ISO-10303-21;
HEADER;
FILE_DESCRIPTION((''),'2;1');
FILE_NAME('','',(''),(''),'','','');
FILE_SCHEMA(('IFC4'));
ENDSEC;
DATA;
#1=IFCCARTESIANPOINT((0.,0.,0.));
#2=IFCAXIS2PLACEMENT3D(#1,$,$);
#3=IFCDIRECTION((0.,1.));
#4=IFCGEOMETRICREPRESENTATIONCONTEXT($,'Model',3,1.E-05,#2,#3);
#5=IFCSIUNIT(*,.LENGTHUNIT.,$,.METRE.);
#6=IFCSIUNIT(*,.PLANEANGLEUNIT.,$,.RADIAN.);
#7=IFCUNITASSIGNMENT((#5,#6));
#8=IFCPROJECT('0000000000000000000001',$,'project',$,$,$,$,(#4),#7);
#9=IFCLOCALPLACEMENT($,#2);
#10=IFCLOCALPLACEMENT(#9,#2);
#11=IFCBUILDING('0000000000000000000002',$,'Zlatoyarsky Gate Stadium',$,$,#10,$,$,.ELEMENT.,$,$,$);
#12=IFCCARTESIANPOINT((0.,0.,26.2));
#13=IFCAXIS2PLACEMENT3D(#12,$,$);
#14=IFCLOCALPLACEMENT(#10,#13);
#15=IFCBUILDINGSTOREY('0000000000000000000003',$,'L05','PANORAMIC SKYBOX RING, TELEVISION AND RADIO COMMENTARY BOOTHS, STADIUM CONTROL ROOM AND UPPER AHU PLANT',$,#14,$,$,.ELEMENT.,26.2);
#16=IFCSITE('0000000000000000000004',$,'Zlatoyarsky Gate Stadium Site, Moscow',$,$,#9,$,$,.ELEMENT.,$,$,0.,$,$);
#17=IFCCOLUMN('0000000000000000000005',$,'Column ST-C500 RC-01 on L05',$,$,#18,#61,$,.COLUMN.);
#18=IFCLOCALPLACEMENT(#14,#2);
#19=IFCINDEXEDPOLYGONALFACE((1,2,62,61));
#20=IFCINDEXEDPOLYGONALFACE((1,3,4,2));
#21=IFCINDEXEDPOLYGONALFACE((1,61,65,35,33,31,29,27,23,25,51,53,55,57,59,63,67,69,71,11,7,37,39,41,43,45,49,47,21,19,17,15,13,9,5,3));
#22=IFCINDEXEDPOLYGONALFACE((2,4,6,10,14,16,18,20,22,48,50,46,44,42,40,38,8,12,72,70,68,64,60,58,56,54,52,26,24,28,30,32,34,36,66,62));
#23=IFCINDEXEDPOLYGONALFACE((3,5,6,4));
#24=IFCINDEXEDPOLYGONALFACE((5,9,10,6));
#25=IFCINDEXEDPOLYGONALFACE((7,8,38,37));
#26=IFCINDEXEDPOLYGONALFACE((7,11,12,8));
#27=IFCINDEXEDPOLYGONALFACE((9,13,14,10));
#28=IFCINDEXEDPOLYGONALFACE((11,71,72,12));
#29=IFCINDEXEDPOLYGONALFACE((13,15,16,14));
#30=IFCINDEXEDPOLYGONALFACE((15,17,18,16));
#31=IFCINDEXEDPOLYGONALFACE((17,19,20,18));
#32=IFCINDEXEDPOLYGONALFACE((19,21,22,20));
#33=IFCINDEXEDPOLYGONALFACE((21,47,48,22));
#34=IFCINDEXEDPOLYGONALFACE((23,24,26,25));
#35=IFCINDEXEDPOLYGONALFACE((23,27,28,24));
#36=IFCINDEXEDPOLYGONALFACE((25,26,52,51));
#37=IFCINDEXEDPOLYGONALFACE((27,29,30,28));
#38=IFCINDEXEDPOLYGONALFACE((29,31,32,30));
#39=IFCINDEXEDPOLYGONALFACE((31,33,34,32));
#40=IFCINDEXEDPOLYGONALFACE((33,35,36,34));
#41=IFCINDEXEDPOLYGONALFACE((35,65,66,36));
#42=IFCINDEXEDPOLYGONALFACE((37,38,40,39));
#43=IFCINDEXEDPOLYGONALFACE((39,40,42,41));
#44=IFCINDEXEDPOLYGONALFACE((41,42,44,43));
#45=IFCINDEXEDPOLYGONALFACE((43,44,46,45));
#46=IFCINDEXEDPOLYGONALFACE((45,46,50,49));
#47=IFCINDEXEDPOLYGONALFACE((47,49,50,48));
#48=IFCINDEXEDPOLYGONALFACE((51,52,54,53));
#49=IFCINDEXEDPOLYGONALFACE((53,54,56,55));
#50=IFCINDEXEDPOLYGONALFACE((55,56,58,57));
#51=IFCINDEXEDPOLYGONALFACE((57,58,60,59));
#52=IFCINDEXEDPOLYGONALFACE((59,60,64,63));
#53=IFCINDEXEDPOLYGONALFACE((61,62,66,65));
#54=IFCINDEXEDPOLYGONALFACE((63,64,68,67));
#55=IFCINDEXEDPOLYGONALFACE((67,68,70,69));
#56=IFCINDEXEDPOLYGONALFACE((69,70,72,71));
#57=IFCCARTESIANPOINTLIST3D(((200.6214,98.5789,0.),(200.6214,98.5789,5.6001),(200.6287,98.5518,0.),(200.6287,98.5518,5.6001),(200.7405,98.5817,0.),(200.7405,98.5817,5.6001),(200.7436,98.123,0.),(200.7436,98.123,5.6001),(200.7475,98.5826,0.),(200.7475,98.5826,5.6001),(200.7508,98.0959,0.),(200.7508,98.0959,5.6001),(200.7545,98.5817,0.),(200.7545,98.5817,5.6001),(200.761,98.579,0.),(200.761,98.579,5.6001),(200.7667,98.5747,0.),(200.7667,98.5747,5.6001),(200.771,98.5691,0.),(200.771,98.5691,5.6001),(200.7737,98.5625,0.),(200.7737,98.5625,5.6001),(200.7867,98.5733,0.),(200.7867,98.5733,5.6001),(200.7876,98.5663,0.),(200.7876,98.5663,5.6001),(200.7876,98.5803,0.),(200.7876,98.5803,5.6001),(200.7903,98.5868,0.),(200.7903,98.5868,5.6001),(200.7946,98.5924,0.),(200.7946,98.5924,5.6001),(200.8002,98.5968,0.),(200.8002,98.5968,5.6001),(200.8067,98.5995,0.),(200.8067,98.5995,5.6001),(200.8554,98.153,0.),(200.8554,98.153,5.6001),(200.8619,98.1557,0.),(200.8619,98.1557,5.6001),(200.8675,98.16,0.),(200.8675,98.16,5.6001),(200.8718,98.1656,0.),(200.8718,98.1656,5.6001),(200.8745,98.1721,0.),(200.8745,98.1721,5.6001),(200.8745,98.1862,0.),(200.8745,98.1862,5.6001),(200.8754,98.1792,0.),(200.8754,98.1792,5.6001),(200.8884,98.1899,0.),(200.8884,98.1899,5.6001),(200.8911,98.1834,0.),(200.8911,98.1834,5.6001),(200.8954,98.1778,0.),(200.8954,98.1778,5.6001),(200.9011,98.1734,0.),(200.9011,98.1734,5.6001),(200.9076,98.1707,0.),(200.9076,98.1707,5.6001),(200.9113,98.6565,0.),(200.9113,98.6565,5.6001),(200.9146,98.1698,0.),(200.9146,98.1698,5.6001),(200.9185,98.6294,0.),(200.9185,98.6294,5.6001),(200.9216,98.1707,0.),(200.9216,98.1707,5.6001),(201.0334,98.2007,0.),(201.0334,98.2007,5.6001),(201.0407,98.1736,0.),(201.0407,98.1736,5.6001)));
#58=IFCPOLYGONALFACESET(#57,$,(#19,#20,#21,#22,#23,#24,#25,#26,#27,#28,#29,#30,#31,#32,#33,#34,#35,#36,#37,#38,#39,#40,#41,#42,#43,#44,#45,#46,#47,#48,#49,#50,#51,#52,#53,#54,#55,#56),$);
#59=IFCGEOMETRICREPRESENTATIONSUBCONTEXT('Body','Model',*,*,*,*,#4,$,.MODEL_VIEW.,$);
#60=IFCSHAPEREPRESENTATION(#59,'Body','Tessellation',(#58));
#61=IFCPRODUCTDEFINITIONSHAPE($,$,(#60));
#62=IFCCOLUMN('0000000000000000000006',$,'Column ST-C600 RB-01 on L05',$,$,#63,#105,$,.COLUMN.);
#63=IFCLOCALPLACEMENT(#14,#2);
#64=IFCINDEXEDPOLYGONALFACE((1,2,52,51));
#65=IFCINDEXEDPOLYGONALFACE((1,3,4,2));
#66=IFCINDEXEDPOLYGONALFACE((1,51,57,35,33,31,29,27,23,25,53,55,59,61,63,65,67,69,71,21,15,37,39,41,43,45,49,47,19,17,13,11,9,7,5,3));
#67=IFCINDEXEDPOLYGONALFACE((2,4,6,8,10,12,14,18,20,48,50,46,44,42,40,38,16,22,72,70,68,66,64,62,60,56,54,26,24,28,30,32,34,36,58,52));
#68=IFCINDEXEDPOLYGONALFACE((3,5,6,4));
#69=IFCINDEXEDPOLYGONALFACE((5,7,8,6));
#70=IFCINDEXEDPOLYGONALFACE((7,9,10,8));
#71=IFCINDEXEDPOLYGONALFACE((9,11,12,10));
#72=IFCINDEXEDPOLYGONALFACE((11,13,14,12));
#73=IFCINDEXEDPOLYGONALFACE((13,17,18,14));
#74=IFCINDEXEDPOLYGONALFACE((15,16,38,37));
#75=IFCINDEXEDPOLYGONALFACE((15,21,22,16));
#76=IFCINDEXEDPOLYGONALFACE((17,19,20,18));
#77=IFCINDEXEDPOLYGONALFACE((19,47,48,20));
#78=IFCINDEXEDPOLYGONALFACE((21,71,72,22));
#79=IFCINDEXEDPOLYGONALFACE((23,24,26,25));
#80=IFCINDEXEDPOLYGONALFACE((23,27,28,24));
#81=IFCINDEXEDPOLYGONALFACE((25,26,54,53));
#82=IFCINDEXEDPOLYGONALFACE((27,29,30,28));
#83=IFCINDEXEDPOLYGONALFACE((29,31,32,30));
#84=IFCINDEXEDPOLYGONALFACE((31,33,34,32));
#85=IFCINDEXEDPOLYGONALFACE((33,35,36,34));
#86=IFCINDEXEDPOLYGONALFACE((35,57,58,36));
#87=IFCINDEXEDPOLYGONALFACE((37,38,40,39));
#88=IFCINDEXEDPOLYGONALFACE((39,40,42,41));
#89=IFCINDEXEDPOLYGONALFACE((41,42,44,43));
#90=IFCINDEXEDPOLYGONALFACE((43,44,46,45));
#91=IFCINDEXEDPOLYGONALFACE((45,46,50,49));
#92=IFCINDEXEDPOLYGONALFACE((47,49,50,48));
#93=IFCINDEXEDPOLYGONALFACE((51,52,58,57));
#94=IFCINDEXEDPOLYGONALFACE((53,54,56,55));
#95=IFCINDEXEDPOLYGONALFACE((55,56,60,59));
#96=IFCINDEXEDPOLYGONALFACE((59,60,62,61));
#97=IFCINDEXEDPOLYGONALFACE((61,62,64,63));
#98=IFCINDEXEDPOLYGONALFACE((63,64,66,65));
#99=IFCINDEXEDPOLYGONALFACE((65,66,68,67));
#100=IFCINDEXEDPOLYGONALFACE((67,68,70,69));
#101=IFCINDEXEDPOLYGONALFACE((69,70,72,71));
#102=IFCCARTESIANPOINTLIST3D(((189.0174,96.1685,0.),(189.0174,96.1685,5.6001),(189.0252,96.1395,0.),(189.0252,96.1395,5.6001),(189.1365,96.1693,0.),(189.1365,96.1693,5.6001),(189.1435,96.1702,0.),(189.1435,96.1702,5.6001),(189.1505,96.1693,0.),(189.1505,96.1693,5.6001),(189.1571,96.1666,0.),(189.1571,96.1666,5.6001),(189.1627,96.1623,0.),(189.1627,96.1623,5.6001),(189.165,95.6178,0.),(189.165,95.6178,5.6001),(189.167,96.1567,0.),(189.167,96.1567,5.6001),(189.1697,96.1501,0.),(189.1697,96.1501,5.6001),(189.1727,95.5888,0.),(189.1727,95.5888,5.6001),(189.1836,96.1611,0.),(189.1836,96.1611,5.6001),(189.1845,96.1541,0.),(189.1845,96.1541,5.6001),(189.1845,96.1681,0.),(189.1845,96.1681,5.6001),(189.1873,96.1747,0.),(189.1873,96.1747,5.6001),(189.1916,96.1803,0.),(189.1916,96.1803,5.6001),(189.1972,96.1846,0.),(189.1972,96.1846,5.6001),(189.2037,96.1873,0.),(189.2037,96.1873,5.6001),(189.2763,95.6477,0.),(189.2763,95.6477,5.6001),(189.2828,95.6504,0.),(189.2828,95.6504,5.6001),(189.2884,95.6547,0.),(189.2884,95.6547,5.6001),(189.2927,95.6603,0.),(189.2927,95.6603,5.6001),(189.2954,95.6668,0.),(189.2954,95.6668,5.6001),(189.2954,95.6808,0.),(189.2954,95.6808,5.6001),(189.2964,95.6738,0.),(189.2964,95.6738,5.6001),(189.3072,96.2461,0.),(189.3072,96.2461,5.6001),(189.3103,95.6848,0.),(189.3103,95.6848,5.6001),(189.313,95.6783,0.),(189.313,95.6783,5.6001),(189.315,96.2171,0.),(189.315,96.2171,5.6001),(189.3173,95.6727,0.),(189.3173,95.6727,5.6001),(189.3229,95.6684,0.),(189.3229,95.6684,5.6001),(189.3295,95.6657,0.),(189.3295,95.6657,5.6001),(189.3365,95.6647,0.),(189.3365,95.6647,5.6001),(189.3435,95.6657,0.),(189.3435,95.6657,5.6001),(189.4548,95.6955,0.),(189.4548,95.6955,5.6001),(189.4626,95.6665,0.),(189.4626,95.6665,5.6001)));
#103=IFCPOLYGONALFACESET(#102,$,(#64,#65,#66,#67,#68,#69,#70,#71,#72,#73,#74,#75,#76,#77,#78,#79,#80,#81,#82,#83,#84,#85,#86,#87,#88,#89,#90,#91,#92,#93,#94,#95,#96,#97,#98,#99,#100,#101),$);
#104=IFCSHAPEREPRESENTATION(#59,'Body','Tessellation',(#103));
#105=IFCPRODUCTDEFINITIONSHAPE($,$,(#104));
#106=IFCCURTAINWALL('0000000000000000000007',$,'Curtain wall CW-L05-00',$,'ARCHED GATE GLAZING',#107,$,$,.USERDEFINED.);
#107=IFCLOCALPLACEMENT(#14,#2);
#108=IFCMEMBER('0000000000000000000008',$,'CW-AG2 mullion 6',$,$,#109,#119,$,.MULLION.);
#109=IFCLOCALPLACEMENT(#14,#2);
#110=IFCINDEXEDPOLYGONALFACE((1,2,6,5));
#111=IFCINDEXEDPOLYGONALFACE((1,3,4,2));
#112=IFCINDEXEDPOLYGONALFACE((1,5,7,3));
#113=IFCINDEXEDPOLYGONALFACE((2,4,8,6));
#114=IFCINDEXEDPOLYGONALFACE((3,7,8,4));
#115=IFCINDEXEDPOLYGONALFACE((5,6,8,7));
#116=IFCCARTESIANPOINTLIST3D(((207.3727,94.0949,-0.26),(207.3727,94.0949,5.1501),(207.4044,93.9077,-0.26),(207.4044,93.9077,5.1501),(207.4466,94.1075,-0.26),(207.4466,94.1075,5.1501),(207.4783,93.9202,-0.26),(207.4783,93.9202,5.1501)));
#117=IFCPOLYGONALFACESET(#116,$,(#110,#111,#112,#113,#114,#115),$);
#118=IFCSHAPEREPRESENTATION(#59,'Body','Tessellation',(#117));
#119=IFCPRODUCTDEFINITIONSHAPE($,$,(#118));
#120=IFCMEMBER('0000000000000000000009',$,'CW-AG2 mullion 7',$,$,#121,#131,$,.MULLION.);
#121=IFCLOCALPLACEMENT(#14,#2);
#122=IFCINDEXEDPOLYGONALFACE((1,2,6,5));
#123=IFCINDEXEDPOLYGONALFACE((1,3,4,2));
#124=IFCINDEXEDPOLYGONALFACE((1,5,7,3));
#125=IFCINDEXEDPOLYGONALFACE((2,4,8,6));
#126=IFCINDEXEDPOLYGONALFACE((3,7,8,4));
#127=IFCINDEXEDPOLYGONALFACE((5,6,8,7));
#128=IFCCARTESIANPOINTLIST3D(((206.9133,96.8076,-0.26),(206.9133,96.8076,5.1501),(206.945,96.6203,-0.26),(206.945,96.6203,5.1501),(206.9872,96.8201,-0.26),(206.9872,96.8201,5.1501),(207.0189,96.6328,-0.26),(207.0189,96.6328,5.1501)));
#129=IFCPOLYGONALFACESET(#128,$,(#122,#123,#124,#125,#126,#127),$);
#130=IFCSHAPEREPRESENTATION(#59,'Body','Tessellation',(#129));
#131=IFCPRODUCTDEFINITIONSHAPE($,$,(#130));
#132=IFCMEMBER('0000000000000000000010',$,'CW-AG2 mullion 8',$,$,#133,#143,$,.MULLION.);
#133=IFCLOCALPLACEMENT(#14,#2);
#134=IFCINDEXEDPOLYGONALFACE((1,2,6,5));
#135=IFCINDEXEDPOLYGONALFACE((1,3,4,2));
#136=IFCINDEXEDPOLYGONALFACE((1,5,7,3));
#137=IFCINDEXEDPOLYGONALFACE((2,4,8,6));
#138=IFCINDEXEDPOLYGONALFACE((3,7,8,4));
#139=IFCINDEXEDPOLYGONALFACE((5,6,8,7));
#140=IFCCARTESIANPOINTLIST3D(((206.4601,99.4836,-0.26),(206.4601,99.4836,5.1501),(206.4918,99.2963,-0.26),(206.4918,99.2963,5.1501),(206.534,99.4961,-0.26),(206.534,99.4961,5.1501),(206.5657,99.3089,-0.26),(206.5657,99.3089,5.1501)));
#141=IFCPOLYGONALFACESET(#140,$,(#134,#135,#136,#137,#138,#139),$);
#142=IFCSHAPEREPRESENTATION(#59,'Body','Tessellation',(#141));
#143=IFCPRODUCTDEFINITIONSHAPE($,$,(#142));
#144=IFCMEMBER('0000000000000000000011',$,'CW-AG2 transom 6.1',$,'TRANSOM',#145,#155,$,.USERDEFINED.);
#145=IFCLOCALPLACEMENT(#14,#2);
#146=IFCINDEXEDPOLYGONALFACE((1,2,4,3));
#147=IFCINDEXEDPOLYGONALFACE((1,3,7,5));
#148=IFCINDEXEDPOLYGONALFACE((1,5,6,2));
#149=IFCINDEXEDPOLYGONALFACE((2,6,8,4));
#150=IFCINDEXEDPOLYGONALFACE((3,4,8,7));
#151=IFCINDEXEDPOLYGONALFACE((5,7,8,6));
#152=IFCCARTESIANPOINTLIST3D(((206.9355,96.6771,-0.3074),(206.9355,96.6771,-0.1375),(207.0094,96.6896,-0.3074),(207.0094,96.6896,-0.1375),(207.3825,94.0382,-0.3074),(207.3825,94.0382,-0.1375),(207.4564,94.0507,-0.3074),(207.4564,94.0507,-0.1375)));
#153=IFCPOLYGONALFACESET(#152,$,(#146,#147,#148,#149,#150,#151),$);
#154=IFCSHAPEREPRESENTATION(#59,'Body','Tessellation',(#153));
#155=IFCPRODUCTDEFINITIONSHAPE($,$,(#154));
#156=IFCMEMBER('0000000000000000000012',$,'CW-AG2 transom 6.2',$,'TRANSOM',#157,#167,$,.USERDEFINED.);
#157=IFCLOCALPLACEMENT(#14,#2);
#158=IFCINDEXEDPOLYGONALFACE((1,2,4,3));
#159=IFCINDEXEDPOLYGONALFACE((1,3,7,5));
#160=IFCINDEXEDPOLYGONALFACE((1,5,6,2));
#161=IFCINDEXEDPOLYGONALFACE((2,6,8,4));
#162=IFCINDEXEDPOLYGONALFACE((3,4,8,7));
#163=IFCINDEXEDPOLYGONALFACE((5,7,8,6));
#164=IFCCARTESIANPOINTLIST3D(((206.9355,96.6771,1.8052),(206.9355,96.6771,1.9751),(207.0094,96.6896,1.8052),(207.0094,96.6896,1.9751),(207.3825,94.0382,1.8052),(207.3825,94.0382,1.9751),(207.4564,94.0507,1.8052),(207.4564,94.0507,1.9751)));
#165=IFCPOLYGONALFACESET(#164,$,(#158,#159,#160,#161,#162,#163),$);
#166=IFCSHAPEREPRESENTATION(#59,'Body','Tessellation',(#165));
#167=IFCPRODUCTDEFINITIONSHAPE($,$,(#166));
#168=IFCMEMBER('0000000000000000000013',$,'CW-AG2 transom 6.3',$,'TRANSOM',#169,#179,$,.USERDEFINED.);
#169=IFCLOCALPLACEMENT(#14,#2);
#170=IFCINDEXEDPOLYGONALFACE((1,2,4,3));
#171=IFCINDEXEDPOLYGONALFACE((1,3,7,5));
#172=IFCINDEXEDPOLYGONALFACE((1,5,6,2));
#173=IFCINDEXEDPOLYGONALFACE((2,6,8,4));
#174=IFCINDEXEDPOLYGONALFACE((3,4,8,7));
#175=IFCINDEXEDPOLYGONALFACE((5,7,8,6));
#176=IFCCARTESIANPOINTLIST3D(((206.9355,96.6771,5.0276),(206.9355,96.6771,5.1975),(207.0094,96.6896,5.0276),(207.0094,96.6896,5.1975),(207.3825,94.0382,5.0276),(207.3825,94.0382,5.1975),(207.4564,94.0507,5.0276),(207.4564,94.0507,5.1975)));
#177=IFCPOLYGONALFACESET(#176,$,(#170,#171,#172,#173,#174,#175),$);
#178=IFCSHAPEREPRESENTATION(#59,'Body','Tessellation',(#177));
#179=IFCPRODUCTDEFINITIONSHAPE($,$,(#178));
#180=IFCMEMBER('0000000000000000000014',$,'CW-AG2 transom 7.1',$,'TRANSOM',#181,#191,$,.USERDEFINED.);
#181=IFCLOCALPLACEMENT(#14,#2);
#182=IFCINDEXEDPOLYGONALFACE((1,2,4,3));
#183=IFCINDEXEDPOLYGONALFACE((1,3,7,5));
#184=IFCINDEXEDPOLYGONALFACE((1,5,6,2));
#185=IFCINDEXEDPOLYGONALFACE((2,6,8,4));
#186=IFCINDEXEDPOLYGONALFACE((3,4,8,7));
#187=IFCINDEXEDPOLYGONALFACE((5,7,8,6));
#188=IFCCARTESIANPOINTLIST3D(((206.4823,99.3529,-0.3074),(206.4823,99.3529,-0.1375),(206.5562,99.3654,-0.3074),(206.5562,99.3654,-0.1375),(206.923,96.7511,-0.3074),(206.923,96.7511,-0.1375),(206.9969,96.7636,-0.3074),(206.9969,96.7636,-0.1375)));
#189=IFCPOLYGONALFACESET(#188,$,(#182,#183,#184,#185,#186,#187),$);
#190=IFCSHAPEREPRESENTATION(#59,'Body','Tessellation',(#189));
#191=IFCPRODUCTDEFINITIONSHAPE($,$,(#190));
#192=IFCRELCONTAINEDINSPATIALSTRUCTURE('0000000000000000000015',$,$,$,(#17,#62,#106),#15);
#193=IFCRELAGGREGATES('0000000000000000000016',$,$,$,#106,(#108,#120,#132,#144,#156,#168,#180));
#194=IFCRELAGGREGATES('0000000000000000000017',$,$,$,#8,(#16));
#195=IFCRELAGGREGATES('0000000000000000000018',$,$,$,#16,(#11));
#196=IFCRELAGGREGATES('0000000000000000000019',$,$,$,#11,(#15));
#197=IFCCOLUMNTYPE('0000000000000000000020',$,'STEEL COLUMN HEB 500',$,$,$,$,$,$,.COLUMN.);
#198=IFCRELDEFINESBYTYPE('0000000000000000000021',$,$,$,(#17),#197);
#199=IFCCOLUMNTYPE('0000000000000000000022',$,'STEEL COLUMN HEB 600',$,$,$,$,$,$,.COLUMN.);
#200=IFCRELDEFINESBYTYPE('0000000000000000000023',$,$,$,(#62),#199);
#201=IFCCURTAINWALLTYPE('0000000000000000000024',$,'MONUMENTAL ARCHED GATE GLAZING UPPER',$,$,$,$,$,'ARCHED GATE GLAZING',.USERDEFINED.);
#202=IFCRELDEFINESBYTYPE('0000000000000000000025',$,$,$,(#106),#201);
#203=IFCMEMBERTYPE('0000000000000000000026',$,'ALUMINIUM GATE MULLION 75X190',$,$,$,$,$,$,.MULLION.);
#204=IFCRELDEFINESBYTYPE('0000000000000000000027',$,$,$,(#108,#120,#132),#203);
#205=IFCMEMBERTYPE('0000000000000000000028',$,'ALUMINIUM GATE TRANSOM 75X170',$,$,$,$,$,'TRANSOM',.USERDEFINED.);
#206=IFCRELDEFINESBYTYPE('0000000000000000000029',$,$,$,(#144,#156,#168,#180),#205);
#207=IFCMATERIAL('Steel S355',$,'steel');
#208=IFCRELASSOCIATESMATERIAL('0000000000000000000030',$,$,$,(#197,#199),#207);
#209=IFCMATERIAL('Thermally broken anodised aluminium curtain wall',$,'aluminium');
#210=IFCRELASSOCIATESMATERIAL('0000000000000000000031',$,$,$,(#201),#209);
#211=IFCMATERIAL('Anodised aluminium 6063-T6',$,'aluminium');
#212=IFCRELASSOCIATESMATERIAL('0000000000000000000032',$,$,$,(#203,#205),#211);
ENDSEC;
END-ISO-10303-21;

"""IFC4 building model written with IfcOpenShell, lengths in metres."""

from ifc_helpers import new_model, si_unit, direction, frame, origin, origin_2d, place, context, subcontext, project, spatial, rectangle, i_section, extrude, material, material_profile, profile_set, type_object, element, aggregate, save


model = new_model("IFC4")

# Units and contexts
model_context = context("Model", 3, precision=1e-05, world=origin(), true_north=direction((0.0, 1.0)))
body_context = subcontext(model_context, "Body", "Model", "MODEL_VIEW")
ifc_project = project(units=[si_unit("LENGTHUNIT", "METRE"), si_unit("PLANEANGLEUNIT", "RADIAN")], contexts=[model_context])

# Site, building, storey
site_placement = place(None, origin())
site = spatial("IfcSite", under=ifc_project, at=site_placement, Name="Zlatoyarsky Gate Stadium Site, Moscow", CompositionType="ELEMENT", RefElevation=0.0)
building_placement = place(site_placement, origin())
building = spatial("IfcBuilding", under=site, at=building_placement, Name="Zlatoyarsky Gate Stadium", CompositionType="ELEMENT")
storey_placement = place(building_placement, frame((0.0, 0.0, 26.2)))
storey = spatial("IfcBuildingStorey", under=building, at=storey_placement, Name="L05", Description="PANORAMIC SKYBOX RING, TELEVISION AND RADIO COMMENTARY BOOTHS, STADIUM CONTROL ROOM AND UPPER AHU PLANT", CompositionType="ELEMENT", Elevation=26.2)

# Columns
ifc_material_1 = material(Name="Steel S355", Category="steel")
ifc_material_profile_1 = material_profile(ifc_material_1, i_section(OverallWidth=0.3, OverallDepth=0.5, WebThickness=0.0144, FlangeThickness=0.0281, FilletRadius=0.0271, at=origin_2d()), Name="HEB 500")
ifc_profile_set_1 = profile_set([ifc_material_profile_1], Name="Steel S355")
column_type_1 = type_object("IfcColumnType", Name="STEEL COLUMN HEB 500", PredefinedType="COLUMN", material=ifc_profile_set_1)
column_1_placement = place(storey_placement, frame((200.8311, 98.3762, 0.0), z_axis=(0.0, 0.0, 1.0), x_axis=(0.965926, 0.258819, 0.0)))
element("IfcColumn", 1, at=column_1_placement, inside=storey, type_object=column_type_1, Name="Column ST-C500 RC-01 on L05", PredefinedType="COLUMN", context=body_context, shape_type="SweptSolid", body=[
    extrude(i_section(OverallWidth=0.3, OverallDepth=0.5, WebThickness=0.0144, FlangeThickness=0.0281, FilletRadius=0.0271, at=origin_2d()), origin(), (0.0, 0.0, 1.0), 5.6001),
])
ifc_material_profile_2 = material_profile(ifc_material_1, i_section(OverallWidth=0.3, OverallDepth=0.6001, WebThickness=0.0154, FlangeThickness=0.03, FilletRadius=0.0271, at=origin_2d()), Name="HEB 600")
ifc_profile_set_2 = profile_set([ifc_material_profile_2], Name="Steel S355")
column_type_2 = type_object("IfcColumnType", Name="STEEL COLUMN HEB 600", PredefinedType="COLUMN", material=ifc_profile_set_2)
column_2_placement = place(storey_placement, frame((189.24, 95.9175, 0.0), z_axis=(0.0, 0.0, 1.0), x_axis=(0.965926, 0.258819, 0.0)))
element("IfcColumn", 2, at=column_2_placement, inside=storey, type_object=column_type_2, Name="Column ST-C600 RB-01 on L05", PredefinedType="COLUMN", context=body_context, shape_type="SweptSolid", body=[
    extrude(i_section(OverallWidth=0.3, OverallDepth=0.6001, WebThickness=0.0154, FlangeThickness=0.03, FilletRadius=0.0271, at=origin_2d()), origin(), (0.0, 0.0, 1.0), 5.6001),
])

# Curtain wall, members
ifc_material_2 = material(Name="Thermally broken anodised aluminium curtain wall", Category="aluminium")
curtain_wall_type = type_object("IfcCurtainWallType", Name="MONUMENTAL ARCHED GATE GLAZING UPPER", ElementType="ARCHED GATE GLAZING", PredefinedType="USERDEFINED", material=ifc_material_2)
curtain_wall_placement = place(storey_placement, origin())
curtain_wall = element("IfcCurtainWall", 3, at=curtain_wall_placement, inside=storey, type_object=curtain_wall_type, Name="Curtain wall CW-L05-00", ObjectType="ARCHED GATE GLAZING", PredefinedType="USERDEFINED")
ifc_material_3 = material(Name="Anodised aluminium 6063-T6", Category="aluminium")
ifc_material_profile_3 = material_profile(ifc_material_3, rectangle(XDim=0.075, YDim=0.1899, at=origin_2d()), Name="ALU 75X190")
ifc_profile_set_3 = profile_set([ifc_material_profile_3], Name="Anodised aluminium 6063-T6")
member_type_1 = type_object("IfcMemberType", Name="ALUMINIUM GATE MULLION 75X190", PredefinedType="MULLION", material=ifc_profile_set_3)
member_1_placement = place(storey_placement, frame((207.4255, 94.0076, -0.26), z_axis=(0.0, 0.0, 1.0), x_axis=(-0.985958, -0.166995, 0.0)))
member_1 = element("IfcMember", 4, at=member_1_placement, type_object=member_type_1, Name="CW-AG2 mullion 6", PredefinedType="MULLION", context=body_context, shape_type="SweptSolid", body=[
    extrude(rectangle(XDim=0.075, YDim=0.1899, at=origin_2d()), origin(), (0.0, 0.0, 1.0), 5.4102),
])
member_2_placement = place(storey_placement, frame((206.9661, 96.7202, -0.26), z_axis=(0.0, 0.0, 1.0), x_axis=(-0.985958, -0.166995, 0.0)))
member_2 = element("IfcMember", 5, at=member_2_placement, type_object=member_type_1, Name="CW-AG2 mullion 7", PredefinedType="MULLION", context=body_context, shape_type="SweptSolid", body=[
    extrude(rectangle(XDim=0.075, YDim=0.1899, at=origin_2d()), origin(), (0.0, 0.0, 1.0), 5.4102),
])
member_3_placement = place(storey_placement, frame((206.5129, 99.3962, -0.26), z_axis=(0.0, 0.0, 1.0), x_axis=(-0.985958, -0.166995, 0.0)))
member_3 = element("IfcMember", 6, at=member_3_placement, type_object=member_type_1, Name="CW-AG2 mullion 8", PredefinedType="MULLION", context=body_context, shape_type="SweptSolid", body=[
    extrude(rectangle(XDim=0.075, YDim=0.1899, at=origin_2d()), origin(), (0.0, 0.0, 1.0), 5.4102),
])
ifc_material_profile_4 = material_profile(ifc_material_3, rectangle(XDim=0.075, YDim=0.1699, at=origin_2d()), Name="ALU 75X170")
ifc_profile_set_4 = profile_set([ifc_material_profile_4], Name="Anodised aluminium 6063-T6")
member_type_2 = type_object("IfcMemberType", Name="ALUMINIUM GATE TRANSOM 75X170", ElementType="TRANSOM", PredefinedType="USERDEFINED", material=ifc_profile_set_4)
member_4_placement = place(storey_placement, frame((207.4194, 94.0444, -0.2224), z_axis=(-0.167017, 0.985954, 0.0), x_axis=(-0.985954, -0.167017, 0.0)))
member_4 = element("IfcMember", 7, at=member_4_placement, type_object=member_type_2, Name="CW-AG2 transom 6.1", ObjectType="TRANSOM", PredefinedType="USERDEFINED", context=body_context, shape_type="SweptSolid", body=[
    extrude(rectangle(XDim=0.075, YDim=0.1699, at=origin_2d()), origin(), (0.0, 0.0, 1.0), 2.6765),
])
member_5_placement = place(storey_placement, frame((207.4194, 94.0444, 1.8901), z_axis=(-0.167017, 0.985954, 0.0), x_axis=(-0.985954, -0.167017, 0.0)))
member_5 = element("IfcMember", 8, at=member_5_placement, type_object=member_type_2, Name="CW-AG2 transom 6.2", ObjectType="TRANSOM", PredefinedType="USERDEFINED", context=body_context, shape_type="SweptSolid", body=[
    extrude(rectangle(XDim=0.075, YDim=0.1699, at=origin_2d()), origin(), (0.0, 0.0, 1.0), 2.6765),
])
member_6_placement = place(storey_placement, frame((207.4194, 94.0444, 5.1125), z_axis=(-0.167017, 0.985954, 0.0), x_axis=(-0.985954, -0.167017, 0.0)))
member_6 = element("IfcMember", 9, at=member_6_placement, type_object=member_type_2, Name="CW-AG2 transom 6.3", ObjectType="TRANSOM", PredefinedType="USERDEFINED", context=body_context, shape_type="SweptSolid", body=[
    extrude(rectangle(XDim=0.075, YDim=0.1699, at=origin_2d()), origin(), (0.0, 0.0, 1.0), 2.6765),
])
member_7_placement = place(storey_placement, frame((206.96, 96.7573, -0.2224), z_axis=(-0.166994, 0.985958, 0.0), x_axis=(-0.985958, -0.166994, 0.0)))
member_7 = element("IfcMember", 10, at=member_7_placement, type_object=member_type_2, Name="CW-AG2 transom 7.1", ObjectType="TRANSOM", PredefinedType="USERDEFINED", context=body_context, shape_type="SweptSolid", body=[
    extrude(rectangle(XDim=0.075, YDim=0.1699, at=origin_2d()), origin(), (0.0, 0.0, 1.0), 2.6389),
])

aggregate(curtain_wall, [member_1, member_2, member_3, member_4, member_5, member_6, member_7])

save(model, "model.ifc")
